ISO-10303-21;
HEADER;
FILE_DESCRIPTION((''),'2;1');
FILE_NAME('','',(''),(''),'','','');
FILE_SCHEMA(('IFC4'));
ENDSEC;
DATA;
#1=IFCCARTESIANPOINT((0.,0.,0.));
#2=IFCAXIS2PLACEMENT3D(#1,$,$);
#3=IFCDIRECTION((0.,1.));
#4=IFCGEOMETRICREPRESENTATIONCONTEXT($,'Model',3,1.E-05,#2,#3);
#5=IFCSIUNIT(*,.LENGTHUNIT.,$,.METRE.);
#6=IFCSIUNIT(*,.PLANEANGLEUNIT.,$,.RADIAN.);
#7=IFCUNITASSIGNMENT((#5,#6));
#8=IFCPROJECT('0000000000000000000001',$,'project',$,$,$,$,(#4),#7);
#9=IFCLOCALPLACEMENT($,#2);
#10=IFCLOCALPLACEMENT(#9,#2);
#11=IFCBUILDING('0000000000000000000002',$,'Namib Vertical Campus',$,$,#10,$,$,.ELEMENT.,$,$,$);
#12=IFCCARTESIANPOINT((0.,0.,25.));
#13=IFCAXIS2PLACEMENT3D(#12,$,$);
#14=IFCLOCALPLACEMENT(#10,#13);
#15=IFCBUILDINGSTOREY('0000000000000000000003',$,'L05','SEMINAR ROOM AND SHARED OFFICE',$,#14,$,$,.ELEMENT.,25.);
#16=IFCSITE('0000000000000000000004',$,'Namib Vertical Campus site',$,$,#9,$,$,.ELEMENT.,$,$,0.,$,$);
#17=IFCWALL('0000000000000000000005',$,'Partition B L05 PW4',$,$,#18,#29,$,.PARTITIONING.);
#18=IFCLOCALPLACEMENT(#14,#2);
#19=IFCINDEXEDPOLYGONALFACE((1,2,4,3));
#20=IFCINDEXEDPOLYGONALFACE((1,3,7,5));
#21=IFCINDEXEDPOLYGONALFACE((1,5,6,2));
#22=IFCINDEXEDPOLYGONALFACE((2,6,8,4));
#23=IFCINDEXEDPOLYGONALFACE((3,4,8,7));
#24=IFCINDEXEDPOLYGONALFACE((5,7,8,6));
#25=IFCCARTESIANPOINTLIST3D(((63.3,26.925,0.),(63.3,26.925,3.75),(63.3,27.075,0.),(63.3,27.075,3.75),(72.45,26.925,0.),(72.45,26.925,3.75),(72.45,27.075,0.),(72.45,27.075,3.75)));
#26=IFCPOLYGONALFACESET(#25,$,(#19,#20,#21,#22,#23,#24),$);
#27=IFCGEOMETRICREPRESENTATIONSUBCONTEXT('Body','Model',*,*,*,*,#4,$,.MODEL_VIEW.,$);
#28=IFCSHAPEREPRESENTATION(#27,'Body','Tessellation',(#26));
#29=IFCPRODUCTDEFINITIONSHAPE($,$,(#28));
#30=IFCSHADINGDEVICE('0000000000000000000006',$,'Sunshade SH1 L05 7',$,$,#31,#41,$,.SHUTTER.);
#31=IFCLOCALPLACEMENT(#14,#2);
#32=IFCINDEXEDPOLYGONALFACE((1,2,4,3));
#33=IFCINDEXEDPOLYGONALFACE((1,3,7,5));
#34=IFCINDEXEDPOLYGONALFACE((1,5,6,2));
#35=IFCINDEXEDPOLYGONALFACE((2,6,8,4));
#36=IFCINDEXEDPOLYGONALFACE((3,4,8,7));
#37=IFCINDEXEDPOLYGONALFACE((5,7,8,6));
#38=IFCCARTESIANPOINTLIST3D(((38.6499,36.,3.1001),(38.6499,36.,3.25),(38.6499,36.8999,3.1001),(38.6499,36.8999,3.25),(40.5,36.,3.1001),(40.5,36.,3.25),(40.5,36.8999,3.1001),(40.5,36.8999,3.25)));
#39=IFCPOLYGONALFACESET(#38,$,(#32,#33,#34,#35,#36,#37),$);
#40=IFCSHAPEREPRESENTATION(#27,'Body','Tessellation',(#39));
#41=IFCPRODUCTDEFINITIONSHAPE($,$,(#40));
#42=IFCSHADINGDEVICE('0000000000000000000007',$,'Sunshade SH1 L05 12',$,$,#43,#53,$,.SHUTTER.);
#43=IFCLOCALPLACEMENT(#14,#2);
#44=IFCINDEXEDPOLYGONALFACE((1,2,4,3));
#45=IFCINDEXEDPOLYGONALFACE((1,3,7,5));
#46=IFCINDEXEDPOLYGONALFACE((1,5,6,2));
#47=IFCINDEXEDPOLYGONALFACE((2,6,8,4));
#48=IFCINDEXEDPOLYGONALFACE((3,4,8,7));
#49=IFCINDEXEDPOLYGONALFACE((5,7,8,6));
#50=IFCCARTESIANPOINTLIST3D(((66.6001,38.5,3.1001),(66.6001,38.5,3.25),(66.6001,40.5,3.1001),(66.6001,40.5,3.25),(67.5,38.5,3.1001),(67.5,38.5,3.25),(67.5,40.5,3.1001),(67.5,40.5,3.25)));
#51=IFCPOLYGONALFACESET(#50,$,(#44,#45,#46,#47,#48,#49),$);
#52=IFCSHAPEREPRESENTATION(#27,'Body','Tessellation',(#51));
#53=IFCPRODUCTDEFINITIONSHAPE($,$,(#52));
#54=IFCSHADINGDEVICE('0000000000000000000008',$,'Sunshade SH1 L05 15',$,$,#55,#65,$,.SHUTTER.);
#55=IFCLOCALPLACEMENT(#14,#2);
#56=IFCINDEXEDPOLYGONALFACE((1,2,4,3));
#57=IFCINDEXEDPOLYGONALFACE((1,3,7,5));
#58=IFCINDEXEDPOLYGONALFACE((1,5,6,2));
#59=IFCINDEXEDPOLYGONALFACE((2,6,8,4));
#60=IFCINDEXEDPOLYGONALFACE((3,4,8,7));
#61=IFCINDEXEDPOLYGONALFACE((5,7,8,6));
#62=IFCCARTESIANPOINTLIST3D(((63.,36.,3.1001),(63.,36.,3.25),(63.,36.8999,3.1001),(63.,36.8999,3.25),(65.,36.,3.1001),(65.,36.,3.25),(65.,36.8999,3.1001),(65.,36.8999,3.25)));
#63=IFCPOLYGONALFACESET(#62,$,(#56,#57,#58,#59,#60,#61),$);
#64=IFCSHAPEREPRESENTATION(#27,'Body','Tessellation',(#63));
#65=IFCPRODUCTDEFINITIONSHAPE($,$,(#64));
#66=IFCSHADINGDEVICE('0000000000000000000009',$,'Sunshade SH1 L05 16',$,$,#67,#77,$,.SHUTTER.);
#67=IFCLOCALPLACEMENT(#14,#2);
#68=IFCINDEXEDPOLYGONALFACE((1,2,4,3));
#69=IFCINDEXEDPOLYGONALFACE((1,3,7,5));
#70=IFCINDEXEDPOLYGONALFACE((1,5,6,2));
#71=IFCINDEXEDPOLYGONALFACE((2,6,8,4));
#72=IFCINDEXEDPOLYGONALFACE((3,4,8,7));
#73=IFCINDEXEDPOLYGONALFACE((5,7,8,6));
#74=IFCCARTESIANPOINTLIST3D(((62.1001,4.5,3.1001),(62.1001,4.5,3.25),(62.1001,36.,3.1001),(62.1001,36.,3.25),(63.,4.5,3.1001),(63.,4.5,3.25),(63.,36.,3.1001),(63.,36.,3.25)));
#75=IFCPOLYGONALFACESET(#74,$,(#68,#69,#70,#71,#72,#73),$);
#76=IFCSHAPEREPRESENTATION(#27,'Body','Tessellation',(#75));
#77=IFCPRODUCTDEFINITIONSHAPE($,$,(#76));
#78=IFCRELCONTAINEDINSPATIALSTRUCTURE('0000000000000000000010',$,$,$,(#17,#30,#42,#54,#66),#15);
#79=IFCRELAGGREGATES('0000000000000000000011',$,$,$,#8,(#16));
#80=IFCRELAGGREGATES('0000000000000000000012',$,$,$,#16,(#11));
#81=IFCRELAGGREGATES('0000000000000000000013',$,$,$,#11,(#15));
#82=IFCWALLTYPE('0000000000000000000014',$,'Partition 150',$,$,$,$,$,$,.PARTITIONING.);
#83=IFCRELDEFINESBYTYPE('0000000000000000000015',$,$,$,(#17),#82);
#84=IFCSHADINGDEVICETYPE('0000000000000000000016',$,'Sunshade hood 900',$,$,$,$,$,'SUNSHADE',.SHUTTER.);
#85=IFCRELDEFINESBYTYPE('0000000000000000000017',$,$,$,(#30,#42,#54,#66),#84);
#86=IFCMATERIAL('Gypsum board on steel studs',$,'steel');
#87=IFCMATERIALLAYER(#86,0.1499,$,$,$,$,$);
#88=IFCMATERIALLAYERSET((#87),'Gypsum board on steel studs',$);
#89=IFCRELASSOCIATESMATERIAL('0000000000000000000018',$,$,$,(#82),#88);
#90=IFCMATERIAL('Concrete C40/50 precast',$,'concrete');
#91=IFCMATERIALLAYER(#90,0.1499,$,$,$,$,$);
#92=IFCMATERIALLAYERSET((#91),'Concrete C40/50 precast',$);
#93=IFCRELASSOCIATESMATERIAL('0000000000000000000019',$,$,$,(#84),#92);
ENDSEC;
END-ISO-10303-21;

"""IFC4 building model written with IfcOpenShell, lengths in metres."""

from ifc_helpers import new_model, si_unit, direction, frame, frame_2d, origin, origin_2d, place, context, subcontext, project, spatial, rectangle, extrude, material, layer, layer_set, type_object, element, save


model = new_model("IFC4")

# Units and contexts
model_context = context("Model", 3, precision=1e-05, world=origin(), true_north=direction((0.0, 1.0)))
body_context = subcontext(model_context, "Body", "Model", "MODEL_VIEW")
ifc_project = project(units=[si_unit("LENGTHUNIT", "METRE"), si_unit("PLANEANGLEUNIT", "RADIAN")], contexts=[model_context])

# Site, building, storey
site_placement = place(None, origin())
site = spatial("IfcSite", under=ifc_project, at=site_placement, Name="Namib Vertical Campus site", CompositionType="ELEMENT", RefElevation=0.0)
building_placement = place(site_placement, origin())
building = spatial("IfcBuilding", under=site, at=building_placement, Name="Namib Vertical Campus", CompositionType="ELEMENT")
storey_placement = place(building_placement, frame((0.0, 0.0, 25.0)))
storey = spatial("IfcBuildingStorey", under=building, at=storey_placement, Name="L05", Description="SEMINAR ROOM AND SHARED OFFICE", CompositionType="ELEMENT", Elevation=25.0)

# Wall
ifc_material_1 = material(Name="Gypsum board on steel studs", Category="steel")
ifc_layer_1 = layer(ifc_material_1, 0.1499)
ifc_layer_set_1 = layer_set([ifc_layer_1], Name="Gypsum board on steel studs")
wall_type_1 = type_object("IfcWallType", Name="Partition 150", PredefinedType="PARTITIONING", material=ifc_layer_set_1)
for number, where, z_axis, x_axis, name in (
    (1, (63.3, 27.0, 0.0), (0.0, 0.0, 1.0), (1.0, 0.0, 0.0), "Partition B L05 PW4"),
):
    element("IfcWall", number, at=place(storey_placement, frame(where, z_axis=z_axis, x_axis=x_axis)), inside=storey, type_object=wall_type_1, Name=name, PredefinedType="PARTITIONING", context=body_context, shape_type="SweptSolid", body=[
        extrude(rectangle(XDim=9.1499, YDim=0.1499, at=frame_2d((4.575, 0.0))), origin(), (0.0, 0.0, 1.0), 3.75),
    ])

# Shading devices
ifc_material_2 = material(Name="Concrete C40/50 precast", Category="concrete")
ifc_layer_2 = layer(ifc_material_2, 0.1499)
ifc_layer_set_2 = layer_set([ifc_layer_2], Name="Concrete C40/50 precast")
shading_device_type = type_object("IfcShadingDeviceType", Name="Sunshade hood 900", ElementType="SUNSHADE", PredefinedType="SHUTTER", material=ifc_layer_set_2)
shading_device_1_placement = place(storey_placement, frame((39.575, 36.45, 3.1001), z_axis=(0.0, 0.0, 1.0), x_axis=(-1.0, 0.0, 0.0)))
element("IfcShadingDevice", 2, at=shading_device_1_placement, inside=storey, type_object=shading_device_type, Name="Sunshade SH1 L05 7", PredefinedType="SHUTTER", context=body_context, shape_type="SweptSolid", body=[
    extrude(rectangle(XDim=1.8501, YDim=0.8999, at=origin_2d()), origin(), (0.0, 0.0, 1.0), 0.1499),
])
for number, where, z_axis, x_axis, name in (
    (3, (67.05, 39.5, 3.1001), (0.0, 0.0, 1.0), (0.0, -1.0, 0.0), "Sunshade SH1 L05 12"),
    (4, (64.0, 36.45, 3.1001), (0.0, 0.0, 1.0), (-1.0, 0.0, 0.0), "Sunshade SH1 L05 15"),
):
    element("IfcShadingDevice", number, at=place(storey_placement, frame(where, z_axis=z_axis, x_axis=x_axis)), inside=storey, type_object=shading_device_type, Name=name, PredefinedType="SHUTTER", context=body_context, shape_type="SweptSolid", body=[
        extrude(rectangle(XDim=2.0, YDim=0.8999, at=origin_2d()), origin(), (0.0, 0.0, 1.0), 0.1499),
    ])
shading_device_2_placement = place(storey_placement, frame((62.55, 20.25, 3.1001), z_axis=(0.0, 0.0, 1.0), x_axis=(0.0, -1.0, 0.0)))
element("IfcShadingDevice", 5, at=shading_device_2_placement, inside=storey, type_object=shading_device_type, Name="Sunshade SH1 L05 16", PredefinedType="SHUTTER", context=body_context, shape_type="SweptSolid", body=[
    extrude(rectangle(XDim=31.5, YDim=0.8999, at=origin_2d()), origin(), (0.0, 0.0, 1.0), 0.1499),
])

save(model, "model.ifc")
